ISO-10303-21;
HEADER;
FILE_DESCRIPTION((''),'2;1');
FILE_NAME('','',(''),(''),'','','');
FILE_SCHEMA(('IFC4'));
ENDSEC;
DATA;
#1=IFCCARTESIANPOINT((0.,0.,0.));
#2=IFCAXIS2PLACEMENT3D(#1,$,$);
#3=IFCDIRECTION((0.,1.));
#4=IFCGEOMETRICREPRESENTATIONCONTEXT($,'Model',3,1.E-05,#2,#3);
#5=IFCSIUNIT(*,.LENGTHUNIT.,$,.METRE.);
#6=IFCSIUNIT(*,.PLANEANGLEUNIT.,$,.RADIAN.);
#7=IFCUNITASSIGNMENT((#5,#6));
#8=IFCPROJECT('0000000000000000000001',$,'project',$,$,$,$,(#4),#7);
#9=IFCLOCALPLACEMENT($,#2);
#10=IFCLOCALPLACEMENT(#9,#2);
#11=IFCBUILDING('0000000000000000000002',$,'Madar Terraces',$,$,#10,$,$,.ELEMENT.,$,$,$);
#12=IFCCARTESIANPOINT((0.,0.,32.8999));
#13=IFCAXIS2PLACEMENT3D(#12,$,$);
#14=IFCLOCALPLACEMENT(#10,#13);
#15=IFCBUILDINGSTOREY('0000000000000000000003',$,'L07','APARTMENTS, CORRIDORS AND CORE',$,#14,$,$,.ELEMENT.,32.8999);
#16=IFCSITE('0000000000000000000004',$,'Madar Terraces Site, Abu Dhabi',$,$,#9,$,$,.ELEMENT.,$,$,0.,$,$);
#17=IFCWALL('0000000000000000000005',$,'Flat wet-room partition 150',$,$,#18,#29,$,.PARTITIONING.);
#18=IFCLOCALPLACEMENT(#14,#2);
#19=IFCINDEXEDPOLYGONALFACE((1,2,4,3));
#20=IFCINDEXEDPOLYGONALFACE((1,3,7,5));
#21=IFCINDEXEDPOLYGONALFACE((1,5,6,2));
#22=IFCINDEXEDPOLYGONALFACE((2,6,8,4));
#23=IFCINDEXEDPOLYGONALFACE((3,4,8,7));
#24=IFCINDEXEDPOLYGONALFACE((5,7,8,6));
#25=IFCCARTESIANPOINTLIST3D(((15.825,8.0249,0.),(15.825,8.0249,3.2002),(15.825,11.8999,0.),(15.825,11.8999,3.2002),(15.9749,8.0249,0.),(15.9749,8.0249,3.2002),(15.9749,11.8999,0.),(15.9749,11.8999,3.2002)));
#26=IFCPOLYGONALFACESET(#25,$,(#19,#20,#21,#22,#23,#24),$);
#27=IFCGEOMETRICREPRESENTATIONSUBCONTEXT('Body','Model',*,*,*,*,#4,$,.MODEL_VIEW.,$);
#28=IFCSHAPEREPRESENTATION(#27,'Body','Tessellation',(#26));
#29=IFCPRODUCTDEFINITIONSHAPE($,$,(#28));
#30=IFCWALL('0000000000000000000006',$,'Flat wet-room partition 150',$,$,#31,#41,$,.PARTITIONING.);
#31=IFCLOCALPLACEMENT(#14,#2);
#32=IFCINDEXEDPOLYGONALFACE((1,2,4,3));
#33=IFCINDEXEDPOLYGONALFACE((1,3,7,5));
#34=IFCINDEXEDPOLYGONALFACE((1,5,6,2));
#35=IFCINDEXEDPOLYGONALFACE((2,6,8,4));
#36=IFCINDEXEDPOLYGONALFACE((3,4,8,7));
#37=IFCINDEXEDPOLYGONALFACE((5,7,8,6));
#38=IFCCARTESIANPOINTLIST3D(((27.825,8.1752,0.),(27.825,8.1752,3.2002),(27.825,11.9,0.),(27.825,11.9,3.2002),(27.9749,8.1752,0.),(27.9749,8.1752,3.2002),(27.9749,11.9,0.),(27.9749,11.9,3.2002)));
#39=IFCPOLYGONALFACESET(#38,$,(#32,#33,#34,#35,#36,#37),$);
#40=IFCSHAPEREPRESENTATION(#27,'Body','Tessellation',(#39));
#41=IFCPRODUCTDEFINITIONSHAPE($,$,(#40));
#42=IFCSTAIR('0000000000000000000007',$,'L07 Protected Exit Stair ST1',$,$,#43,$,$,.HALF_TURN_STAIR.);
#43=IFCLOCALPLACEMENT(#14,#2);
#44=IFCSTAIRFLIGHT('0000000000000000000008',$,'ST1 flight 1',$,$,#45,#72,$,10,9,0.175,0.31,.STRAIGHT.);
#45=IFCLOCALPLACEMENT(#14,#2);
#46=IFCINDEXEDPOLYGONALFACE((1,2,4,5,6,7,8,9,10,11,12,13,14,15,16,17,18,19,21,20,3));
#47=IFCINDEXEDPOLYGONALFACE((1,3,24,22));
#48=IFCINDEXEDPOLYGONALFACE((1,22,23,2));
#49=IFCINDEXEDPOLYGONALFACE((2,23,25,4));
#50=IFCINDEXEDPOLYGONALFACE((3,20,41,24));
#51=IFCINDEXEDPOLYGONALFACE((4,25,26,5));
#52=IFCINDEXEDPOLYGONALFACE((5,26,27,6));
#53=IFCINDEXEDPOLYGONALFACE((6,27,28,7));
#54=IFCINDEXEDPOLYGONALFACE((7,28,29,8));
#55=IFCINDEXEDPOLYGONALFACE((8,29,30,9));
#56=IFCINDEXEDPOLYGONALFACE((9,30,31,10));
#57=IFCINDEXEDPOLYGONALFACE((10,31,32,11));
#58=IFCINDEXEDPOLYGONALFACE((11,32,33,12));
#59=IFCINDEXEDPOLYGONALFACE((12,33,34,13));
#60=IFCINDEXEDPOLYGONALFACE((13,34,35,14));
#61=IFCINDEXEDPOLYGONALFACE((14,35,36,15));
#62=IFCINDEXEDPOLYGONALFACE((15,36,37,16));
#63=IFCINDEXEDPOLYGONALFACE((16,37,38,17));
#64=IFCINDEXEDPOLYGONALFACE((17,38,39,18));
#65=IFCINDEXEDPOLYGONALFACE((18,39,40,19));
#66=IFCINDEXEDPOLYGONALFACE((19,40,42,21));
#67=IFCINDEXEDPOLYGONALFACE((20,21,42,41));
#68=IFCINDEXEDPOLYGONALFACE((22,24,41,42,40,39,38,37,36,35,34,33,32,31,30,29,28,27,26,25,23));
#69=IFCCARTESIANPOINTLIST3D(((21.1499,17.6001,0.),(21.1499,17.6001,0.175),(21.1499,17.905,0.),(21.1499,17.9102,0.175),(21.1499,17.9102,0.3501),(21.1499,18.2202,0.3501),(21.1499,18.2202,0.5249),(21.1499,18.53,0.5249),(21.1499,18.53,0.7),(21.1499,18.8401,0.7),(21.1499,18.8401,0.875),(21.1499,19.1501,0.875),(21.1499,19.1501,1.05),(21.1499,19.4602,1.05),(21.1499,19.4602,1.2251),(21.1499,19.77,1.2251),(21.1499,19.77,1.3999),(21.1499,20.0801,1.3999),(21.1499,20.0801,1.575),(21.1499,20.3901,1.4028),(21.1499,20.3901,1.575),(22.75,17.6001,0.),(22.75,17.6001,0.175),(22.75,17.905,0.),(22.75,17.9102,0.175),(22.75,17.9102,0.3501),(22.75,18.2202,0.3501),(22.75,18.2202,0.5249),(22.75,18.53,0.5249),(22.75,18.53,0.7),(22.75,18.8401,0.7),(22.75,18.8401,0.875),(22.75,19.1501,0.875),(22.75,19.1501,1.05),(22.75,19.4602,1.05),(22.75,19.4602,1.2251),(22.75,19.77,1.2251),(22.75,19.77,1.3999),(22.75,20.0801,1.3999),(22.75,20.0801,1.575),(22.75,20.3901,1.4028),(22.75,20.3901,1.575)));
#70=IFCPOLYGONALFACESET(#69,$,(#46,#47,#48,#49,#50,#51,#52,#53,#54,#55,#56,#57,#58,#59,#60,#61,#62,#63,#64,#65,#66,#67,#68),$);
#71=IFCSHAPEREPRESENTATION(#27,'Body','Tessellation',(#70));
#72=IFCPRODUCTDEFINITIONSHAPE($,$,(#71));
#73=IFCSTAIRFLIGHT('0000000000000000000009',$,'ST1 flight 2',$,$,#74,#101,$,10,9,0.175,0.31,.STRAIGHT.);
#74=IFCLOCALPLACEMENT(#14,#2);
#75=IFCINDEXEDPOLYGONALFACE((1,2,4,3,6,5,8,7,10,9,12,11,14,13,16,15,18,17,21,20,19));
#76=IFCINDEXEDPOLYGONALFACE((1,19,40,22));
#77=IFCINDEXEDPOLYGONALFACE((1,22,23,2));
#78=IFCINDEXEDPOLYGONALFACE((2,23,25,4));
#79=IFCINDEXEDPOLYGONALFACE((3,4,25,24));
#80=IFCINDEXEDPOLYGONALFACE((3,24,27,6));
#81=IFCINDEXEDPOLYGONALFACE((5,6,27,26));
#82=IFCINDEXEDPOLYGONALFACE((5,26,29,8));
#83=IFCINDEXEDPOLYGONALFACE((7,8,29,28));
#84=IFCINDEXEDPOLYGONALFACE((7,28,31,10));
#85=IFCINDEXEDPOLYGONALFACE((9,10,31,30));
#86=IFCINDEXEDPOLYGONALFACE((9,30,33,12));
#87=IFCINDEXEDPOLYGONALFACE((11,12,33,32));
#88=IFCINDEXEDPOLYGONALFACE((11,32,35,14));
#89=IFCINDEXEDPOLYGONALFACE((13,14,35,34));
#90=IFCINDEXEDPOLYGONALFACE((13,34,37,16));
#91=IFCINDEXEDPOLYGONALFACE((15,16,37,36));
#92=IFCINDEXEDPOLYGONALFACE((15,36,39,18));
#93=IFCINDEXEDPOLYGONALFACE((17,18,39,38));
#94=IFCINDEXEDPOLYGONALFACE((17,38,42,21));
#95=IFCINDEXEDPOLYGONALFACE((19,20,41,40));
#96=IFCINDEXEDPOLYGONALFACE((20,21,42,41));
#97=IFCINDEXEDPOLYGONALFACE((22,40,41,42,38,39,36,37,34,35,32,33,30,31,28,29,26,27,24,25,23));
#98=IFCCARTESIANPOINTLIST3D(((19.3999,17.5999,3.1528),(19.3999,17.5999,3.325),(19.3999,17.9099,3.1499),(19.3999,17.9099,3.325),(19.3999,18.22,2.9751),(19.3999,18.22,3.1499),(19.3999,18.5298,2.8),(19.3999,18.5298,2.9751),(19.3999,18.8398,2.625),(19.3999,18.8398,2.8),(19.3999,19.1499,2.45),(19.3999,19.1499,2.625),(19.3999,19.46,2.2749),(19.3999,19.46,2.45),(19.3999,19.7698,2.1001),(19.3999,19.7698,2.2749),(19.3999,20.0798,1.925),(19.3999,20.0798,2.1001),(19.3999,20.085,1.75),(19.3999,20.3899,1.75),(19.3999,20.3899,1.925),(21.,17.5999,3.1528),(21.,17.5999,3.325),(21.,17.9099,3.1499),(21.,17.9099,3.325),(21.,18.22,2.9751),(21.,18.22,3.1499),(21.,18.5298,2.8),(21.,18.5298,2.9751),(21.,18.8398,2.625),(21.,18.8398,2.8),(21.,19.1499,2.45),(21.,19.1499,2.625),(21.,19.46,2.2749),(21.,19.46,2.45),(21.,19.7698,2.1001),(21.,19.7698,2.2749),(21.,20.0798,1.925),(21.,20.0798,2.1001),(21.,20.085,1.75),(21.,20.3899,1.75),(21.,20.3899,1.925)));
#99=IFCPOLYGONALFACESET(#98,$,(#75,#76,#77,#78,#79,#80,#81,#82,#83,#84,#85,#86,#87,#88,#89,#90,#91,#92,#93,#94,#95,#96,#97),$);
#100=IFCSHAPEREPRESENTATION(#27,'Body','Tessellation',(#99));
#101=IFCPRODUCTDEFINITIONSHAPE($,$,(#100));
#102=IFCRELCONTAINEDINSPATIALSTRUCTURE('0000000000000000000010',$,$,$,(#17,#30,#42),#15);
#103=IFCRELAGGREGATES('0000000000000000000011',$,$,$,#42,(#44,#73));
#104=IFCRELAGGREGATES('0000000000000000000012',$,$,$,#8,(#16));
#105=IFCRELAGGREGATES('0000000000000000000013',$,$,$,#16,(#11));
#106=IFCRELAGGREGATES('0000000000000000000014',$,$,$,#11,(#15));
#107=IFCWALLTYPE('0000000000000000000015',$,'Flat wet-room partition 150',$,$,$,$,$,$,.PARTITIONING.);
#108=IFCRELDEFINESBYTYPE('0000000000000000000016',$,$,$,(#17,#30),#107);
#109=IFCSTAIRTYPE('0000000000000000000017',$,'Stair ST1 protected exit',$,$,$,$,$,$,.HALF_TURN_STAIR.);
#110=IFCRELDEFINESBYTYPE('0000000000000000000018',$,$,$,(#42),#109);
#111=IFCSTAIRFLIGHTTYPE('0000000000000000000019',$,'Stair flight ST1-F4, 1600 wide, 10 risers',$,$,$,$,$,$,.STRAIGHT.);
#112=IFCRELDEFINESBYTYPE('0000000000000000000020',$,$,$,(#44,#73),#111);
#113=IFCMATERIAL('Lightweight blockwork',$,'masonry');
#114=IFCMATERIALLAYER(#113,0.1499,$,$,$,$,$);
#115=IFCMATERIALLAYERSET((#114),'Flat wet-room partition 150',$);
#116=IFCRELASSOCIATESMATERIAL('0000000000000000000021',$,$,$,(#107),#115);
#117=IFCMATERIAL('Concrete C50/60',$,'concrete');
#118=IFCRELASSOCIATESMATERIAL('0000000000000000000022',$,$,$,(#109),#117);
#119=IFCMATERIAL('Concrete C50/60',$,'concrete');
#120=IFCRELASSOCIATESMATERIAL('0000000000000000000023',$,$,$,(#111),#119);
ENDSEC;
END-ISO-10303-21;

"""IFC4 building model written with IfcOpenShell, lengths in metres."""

from ifc_helpers import new_model, si_unit, direction, frame, frame_2d, origin, place, context, subcontext, project, spatial, polyline, rectangle, outline, extrude, material, layer, layer_set, type_object, element, aggregate, save


model = new_model("IFC4")

# Units and contexts
model_context = context("Model", 3, precision=1e-05, world=origin(), true_north=direction((0.0, 1.0)))
body_context = subcontext(model_context, "Body", "Model", "MODEL_VIEW")
ifc_project = project(units=[si_unit("LENGTHUNIT", "METRE"), si_unit("PLANEANGLEUNIT", "RADIAN")], contexts=[model_context])

# Site, building, storey
site_placement = place(None, origin())
site = spatial("IfcSite", under=ifc_project, at=site_placement, Name="Madar Terraces Site, Abu Dhabi", CompositionType="ELEMENT", RefElevation=0.0)
building_placement = place(site_placement, origin())
building = spatial("IfcBuilding", under=site, at=building_placement, Name="Madar Terraces", CompositionType="ELEMENT")
storey_placement = place(building_placement, frame((0.0, 0.0, 32.8999)))
storey = spatial("IfcBuildingStorey", under=building, at=storey_placement, Name="L07", Description="APARTMENTS, CORRIDORS AND CORE", CompositionType="ELEMENT", Elevation=32.8999)

# Walls
ifc_material_1 = material(Name="Lightweight blockwork", Category="masonry")
ifc_layer_1 = layer(ifc_material_1, 0.1499)
ifc_layer_set_1 = layer_set([ifc_layer_1], Name="Flat wet-room partition 150")
wall_type_1 = type_object("IfcWallType", Name="Flat wet-room partition 150", PredefinedType="PARTITIONING", material=ifc_layer_set_1)
wall_1_placement = place(storey_placement, frame((15.8999, 11.8999, 0.0), z_axis=(0.0, 0.0, 1.0), x_axis=(0.0, -1.0, 0.0)))
element("IfcWall", 1, at=wall_1_placement, inside=storey, type_object=wall_type_1, Name="Flat wet-room partition 150", PredefinedType="PARTITIONING", context=body_context, shape_type="SweptSolid", body=[
    extrude(rectangle(XDim=3.875, YDim=0.1499, at=frame_2d((1.9375, 0.0))), origin(), (0.0, 0.0, 1.0), 3.2002),
])
wall_2_placement = place(storey_placement, frame((27.8999, 11.8999, 0.0), z_axis=(0.0, 0.0, 1.0), x_axis=(0.0, -1.0, 0.0)))
element("IfcWall", 2, at=wall_2_placement, inside=storey, type_object=wall_type_1, Name="Flat wet-room partition 150", PredefinedType="PARTITIONING", context=body_context, shape_type="SweptSolid", body=[
    extrude(rectangle(XDim=3.7249, YDim=0.1499, at=frame_2d((1.8623, 0.0))), origin(), (0.0, 0.0, 1.0), 3.2002),
])

# Stair, stair flights
ifc_material_2 = material(Name="Concrete C50/60", Category="concrete")
stair_type = type_object("IfcStairType", Name="Stair ST1 protected exit", PredefinedType="HALF_TURN_STAIR", material=ifc_material_2)
stair_placement = place(storey_placement, origin())
stair = element("IfcStair", 3, at=stair_placement, inside=storey, type_object=stair_type, Name="L07 Protected Exit Stair ST1", PredefinedType="HALF_TURN_STAIR")
ifc_material_3 = material(Name="Concrete C50/60", Category="concrete")
stair_flight_type = type_object("IfcStairFlightType", Name="Stair flight ST1-F4, 1600 wide, 10 risers", PredefinedType="STRAIGHT", material=ifc_material_3)
stair_flight_1_placement = place(storey_placement, frame((21.95, 17.6001, 0.0), z_axis=(0.0, 0.0, 1.0), x_axis=(0.0, 1.0, 0.0)))
stair_flight_1 = element("IfcStairFlight", 4, at=stair_flight_1_placement, type_object=stair_flight_type, Name="ST1 flight 1", NumberOfRisers=10, NumberOfTreads=9, PredefinedType="STRAIGHT", RiserHeight=0.175, TreadLength=0.31, context=body_context, shape_type="SweptSolid", body=[
    extrude(outline(polyline([(0.0, 0.0), (0.0, 0.175), (0.3101, 0.175), (0.3101, 0.3501), (0.6201, 0.3501), (0.6201, 0.5249), (0.9299, 0.5249), (0.9299, 0.7), (1.24, 0.7), (1.24, 0.875), (1.55, 0.875), (1.55, 1.05), (1.8601, 1.05), (1.8601, 1.2251), (2.1699, 1.2251), (2.1699, 1.3999), (2.48, 1.3999), (2.48, 1.575), (2.79, 1.575), (2.79, 1.75), (2.79, 1.4028), (0.3049, 0.0), (0.0, 0.0)])), frame((0.0, 0.8, 0.0), z_axis=(0.0, -1.0, 0.0), x_axis=(1.0, 0.0, 0.0)), (0.0, 0.0, 1.0), 1.6001),
])
stair_flight_2_placement = place(storey_placement, frame((20.2, 20.3899, 1.75), z_axis=(0.0, 0.0, 1.0), x_axis=(0.0, -1.0, 0.0)))
stair_flight_2 = element("IfcStairFlight", 5, at=stair_flight_2_placement, type_object=stair_flight_type, Name="ST1 flight 2", NumberOfRisers=10, NumberOfTreads=9, PredefinedType="STRAIGHT", RiserHeight=0.175, TreadLength=0.31, context=body_context, shape_type="SweptSolid", body=[
    extrude(outline(polyline([(0.0, 0.0), (0.0, 0.175), (0.3101, 0.175), (0.3101, 0.3501), (0.6201, 0.3501), (0.6201, 0.5249), (0.9299, 0.5249), (0.9299, 0.7), (1.24, 0.7), (1.24, 0.875), (1.55, 0.875), (1.55, 1.05), (1.8601, 1.05), (1.8601, 1.2251), (2.1699, 1.2251), (2.1699, 1.3999), (2.48, 1.3999), (2.48, 1.575), (2.79, 1.575), (2.79, 1.75), (2.79, 1.4028), (0.3049, 0.0), (0.0, 0.0)])), frame((0.0, 0.8, 0.0), z_axis=(0.0, -1.0, 0.0), x_axis=(1.0, 0.0, 0.0)), (0.0, 0.0, 1.0), 1.6001),
])
aggregate(stair, [stair_flight_1, stair_flight_2])

save(model, "model.ifc")
